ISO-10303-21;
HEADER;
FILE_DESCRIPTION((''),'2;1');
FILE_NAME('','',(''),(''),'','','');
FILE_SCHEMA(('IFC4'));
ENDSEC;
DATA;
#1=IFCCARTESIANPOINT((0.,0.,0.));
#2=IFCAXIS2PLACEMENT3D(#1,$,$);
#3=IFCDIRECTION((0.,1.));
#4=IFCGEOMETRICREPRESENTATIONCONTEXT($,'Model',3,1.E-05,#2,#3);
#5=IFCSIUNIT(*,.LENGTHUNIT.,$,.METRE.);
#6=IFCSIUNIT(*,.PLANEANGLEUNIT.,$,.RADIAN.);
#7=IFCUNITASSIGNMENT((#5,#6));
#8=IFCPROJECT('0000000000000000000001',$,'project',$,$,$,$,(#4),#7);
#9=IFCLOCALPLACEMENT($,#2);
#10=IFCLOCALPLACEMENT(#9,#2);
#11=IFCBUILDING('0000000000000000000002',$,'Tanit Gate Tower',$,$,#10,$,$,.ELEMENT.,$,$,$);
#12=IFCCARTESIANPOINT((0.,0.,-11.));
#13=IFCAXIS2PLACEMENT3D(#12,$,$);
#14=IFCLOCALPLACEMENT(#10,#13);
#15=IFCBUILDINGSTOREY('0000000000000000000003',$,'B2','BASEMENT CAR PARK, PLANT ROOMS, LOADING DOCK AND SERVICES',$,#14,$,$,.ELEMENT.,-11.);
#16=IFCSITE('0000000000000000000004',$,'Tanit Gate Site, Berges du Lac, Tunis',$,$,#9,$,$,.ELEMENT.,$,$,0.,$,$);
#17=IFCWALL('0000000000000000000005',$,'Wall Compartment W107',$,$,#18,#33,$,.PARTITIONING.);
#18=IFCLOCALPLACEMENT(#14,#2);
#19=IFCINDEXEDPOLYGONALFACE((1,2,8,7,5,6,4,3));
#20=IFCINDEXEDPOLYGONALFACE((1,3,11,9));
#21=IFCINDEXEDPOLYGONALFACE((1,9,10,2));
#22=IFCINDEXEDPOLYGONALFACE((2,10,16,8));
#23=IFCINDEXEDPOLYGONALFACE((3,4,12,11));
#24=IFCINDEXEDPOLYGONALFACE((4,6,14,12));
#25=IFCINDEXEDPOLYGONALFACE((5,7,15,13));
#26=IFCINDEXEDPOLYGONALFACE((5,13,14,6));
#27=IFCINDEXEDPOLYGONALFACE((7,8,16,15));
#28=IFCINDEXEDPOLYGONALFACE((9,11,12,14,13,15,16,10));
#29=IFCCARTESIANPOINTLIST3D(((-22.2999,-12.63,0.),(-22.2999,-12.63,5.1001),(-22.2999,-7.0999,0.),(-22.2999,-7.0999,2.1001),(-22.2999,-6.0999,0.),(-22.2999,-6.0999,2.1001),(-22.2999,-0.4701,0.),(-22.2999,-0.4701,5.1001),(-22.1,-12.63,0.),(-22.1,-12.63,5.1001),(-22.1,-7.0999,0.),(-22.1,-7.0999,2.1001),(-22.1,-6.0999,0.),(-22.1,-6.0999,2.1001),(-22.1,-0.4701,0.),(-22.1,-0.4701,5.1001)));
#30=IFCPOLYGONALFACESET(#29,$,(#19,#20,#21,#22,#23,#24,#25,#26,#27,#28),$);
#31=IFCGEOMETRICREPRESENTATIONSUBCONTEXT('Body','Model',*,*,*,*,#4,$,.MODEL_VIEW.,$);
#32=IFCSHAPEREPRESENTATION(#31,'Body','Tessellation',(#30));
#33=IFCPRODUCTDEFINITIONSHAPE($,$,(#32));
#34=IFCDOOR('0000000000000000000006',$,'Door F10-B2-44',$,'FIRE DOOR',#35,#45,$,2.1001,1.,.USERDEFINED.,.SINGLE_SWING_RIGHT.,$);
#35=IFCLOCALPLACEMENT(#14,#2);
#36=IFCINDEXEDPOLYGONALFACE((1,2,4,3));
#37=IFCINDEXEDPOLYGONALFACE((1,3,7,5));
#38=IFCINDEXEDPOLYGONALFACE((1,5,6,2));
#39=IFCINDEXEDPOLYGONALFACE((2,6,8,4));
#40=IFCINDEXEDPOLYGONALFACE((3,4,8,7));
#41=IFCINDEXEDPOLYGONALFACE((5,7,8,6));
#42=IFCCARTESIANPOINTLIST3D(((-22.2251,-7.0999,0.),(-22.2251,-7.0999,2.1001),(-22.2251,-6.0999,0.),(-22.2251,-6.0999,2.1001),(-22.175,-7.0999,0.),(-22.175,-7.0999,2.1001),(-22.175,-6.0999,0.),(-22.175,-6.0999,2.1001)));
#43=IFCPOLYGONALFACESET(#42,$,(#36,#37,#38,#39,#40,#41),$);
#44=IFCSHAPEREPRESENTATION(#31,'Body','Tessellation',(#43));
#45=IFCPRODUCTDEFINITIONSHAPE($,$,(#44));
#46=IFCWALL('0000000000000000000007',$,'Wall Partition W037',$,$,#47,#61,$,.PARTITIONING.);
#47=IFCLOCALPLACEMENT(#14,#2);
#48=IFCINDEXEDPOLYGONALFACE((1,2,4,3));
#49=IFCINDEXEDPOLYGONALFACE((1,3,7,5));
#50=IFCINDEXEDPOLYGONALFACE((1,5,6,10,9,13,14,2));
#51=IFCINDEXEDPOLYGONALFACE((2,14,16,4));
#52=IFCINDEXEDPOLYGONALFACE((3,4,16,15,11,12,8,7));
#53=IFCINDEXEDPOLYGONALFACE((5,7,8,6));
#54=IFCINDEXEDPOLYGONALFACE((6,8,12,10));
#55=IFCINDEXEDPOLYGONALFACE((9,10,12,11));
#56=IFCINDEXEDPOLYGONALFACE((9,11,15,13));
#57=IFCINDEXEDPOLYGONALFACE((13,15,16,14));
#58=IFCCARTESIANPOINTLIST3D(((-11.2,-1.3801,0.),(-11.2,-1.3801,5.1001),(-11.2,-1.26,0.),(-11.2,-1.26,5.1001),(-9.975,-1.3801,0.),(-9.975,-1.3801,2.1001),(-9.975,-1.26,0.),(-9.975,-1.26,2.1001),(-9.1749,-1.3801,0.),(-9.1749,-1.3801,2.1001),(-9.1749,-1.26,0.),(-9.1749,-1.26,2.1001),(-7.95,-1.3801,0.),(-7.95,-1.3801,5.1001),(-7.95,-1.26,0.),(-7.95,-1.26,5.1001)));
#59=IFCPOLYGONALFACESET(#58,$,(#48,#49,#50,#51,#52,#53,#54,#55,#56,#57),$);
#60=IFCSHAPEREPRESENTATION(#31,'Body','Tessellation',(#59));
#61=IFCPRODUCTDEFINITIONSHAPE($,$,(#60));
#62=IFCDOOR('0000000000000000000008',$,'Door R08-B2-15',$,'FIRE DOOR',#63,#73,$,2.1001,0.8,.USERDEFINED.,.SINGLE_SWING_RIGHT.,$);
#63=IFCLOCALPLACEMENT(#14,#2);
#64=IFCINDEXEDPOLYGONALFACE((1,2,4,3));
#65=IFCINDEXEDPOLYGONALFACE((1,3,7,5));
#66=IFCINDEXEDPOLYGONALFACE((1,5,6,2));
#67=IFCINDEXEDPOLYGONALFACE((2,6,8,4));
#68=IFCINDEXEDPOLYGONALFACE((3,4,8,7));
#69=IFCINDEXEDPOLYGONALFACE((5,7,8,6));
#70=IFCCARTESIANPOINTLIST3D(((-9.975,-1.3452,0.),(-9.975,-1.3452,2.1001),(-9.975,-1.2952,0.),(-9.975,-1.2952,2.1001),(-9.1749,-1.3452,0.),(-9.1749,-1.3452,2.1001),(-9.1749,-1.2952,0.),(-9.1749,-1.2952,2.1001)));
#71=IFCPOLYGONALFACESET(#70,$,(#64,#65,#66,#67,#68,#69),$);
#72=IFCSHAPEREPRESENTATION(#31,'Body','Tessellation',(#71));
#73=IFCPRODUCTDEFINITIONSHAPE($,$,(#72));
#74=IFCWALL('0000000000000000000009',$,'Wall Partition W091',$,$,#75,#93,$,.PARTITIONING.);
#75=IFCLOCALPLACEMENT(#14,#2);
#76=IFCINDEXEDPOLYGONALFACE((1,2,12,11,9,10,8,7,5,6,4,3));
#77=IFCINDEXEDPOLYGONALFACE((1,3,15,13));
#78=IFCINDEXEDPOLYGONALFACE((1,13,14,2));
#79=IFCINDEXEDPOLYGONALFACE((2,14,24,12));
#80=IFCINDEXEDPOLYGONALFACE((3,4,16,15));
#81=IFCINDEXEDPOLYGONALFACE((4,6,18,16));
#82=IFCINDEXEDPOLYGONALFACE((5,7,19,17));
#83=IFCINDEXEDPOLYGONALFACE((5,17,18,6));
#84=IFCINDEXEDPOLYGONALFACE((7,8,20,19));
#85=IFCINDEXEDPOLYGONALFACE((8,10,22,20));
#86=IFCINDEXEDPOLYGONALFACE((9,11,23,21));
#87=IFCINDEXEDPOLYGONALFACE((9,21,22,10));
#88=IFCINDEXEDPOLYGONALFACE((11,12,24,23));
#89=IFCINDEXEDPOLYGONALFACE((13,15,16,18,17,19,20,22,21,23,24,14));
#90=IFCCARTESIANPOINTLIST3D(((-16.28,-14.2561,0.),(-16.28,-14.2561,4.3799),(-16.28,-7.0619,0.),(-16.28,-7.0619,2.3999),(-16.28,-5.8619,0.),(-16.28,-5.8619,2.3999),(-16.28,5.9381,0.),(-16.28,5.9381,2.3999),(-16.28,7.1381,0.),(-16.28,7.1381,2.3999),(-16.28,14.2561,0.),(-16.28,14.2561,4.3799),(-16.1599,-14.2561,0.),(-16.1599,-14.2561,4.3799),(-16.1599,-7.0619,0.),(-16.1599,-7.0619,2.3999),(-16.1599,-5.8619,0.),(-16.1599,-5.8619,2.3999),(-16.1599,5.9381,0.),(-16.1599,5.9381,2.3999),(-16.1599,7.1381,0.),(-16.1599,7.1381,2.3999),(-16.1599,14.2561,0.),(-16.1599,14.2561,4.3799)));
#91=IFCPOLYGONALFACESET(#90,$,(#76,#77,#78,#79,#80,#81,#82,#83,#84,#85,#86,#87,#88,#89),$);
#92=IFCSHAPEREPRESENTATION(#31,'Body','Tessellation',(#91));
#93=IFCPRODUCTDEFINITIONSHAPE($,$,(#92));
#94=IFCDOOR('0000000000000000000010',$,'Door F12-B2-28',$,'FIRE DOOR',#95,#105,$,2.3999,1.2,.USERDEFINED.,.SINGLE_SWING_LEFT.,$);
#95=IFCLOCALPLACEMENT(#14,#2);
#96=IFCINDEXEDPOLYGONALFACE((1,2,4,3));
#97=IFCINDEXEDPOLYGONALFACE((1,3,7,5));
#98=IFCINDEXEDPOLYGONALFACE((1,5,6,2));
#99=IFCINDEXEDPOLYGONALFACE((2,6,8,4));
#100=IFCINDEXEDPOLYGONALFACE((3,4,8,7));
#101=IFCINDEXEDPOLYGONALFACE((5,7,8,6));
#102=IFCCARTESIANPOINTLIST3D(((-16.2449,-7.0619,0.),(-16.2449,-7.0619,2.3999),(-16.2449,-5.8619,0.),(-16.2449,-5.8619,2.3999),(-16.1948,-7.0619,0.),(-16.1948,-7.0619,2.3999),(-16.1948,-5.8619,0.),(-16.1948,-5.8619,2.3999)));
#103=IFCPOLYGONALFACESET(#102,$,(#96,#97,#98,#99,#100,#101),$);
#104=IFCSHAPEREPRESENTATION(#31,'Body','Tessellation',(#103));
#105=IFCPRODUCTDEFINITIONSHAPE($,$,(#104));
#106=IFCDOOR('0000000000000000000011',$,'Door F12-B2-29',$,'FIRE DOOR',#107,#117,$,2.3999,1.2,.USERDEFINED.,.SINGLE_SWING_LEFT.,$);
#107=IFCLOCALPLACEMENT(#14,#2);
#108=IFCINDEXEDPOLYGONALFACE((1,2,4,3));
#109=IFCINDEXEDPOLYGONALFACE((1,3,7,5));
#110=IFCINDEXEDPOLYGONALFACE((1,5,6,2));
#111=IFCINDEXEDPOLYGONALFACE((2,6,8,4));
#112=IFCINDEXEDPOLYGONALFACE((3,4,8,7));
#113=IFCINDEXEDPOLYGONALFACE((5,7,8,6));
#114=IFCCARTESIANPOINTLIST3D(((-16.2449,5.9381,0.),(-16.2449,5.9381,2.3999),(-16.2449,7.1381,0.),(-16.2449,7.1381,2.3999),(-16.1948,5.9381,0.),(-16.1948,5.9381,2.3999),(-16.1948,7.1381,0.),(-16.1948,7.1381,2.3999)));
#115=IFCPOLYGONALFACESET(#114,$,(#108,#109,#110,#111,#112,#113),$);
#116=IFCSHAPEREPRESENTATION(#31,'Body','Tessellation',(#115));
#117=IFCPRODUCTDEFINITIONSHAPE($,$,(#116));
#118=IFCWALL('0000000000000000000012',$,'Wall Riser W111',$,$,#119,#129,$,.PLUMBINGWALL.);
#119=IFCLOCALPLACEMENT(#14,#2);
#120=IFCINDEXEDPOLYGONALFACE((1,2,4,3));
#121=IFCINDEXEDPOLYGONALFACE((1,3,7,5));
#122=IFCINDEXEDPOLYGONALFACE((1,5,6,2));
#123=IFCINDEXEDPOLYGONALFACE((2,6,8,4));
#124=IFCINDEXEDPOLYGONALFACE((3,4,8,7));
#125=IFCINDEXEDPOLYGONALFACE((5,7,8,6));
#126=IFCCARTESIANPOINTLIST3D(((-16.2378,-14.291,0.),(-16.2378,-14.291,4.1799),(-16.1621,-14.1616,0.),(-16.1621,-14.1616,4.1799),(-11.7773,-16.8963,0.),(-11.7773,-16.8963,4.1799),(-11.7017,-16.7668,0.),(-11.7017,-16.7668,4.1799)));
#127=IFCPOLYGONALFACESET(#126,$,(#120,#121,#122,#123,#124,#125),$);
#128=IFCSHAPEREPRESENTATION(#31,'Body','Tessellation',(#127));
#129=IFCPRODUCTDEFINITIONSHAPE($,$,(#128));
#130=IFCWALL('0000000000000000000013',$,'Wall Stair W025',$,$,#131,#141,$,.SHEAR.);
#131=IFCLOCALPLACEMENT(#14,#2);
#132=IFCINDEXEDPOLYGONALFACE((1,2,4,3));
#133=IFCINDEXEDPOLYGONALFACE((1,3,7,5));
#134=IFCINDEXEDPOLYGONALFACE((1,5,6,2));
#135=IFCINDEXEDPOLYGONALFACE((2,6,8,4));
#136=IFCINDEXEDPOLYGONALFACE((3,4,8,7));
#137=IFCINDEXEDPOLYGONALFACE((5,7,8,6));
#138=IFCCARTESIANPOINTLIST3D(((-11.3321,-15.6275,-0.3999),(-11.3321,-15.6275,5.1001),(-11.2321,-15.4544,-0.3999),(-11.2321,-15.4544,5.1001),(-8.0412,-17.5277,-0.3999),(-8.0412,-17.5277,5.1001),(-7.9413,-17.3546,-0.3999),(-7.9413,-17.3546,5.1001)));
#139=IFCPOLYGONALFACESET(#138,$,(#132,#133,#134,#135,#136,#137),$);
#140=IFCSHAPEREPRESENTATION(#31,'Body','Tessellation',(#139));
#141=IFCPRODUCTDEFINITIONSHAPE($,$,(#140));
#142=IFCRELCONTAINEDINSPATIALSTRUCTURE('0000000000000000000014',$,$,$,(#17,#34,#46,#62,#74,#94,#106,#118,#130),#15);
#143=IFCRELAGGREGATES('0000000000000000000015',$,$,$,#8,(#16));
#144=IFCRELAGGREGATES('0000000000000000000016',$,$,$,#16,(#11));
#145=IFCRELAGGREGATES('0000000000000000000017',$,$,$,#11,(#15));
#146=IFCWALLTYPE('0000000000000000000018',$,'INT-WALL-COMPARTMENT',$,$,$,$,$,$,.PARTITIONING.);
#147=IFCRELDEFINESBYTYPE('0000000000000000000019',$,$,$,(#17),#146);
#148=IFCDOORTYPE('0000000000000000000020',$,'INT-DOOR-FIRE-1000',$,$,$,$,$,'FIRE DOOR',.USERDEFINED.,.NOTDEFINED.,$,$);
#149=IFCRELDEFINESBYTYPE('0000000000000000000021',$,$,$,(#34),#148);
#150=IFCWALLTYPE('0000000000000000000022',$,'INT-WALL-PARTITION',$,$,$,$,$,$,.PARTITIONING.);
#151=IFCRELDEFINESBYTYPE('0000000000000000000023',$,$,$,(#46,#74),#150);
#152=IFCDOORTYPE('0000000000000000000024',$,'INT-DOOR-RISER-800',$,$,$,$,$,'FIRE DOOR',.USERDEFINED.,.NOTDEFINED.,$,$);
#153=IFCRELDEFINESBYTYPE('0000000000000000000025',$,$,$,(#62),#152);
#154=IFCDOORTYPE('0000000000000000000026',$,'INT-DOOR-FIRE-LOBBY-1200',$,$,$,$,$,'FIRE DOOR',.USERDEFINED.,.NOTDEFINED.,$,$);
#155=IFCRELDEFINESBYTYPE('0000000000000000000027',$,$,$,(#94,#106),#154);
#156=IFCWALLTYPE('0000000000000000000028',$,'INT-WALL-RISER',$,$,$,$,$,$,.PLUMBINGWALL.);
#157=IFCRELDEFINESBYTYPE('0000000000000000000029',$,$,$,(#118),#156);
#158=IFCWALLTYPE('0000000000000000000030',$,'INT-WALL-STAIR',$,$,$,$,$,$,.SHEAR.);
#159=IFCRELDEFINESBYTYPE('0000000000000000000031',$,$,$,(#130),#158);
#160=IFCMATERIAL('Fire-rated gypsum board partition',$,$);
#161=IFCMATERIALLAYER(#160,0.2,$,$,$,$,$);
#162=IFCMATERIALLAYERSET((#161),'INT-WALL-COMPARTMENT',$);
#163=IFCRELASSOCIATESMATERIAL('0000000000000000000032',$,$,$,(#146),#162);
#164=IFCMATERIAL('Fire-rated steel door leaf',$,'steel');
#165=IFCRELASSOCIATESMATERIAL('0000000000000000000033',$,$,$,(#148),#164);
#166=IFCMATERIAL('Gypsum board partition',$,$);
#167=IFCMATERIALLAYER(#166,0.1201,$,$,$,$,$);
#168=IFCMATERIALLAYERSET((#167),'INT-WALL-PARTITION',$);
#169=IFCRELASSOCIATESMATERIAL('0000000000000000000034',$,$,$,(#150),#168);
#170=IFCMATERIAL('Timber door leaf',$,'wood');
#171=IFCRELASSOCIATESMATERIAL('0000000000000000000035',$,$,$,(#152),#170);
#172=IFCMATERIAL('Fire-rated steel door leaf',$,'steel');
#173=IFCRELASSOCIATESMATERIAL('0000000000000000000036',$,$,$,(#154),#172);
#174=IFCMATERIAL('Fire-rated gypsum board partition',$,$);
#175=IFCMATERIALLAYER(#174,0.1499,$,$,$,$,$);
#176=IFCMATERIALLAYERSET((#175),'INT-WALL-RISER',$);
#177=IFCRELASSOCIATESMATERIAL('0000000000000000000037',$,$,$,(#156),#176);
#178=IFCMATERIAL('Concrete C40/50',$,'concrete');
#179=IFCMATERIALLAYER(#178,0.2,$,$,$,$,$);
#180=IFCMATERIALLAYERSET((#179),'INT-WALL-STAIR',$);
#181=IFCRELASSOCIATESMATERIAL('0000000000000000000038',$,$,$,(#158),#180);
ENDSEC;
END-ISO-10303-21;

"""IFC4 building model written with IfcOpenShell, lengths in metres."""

from ifc_helpers import new_model, si_unit, direction, frame, frame_2d, origin, place, context, subcontext, project, spatial, rectangle, extrude, material, layer, layer_set, type_object, element, fill, save


model = new_model("IFC4")

# Units and contexts
model_context = context("Model", 3, precision=1e-05, world=origin(), true_north=direction((0.0, 1.0)))
body_context = subcontext(model_context, "Body", "Model", "MODEL_VIEW")
ifc_project = project(units=[si_unit("LENGTHUNIT", "METRE"), si_unit("PLANEANGLEUNIT", "RADIAN")], contexts=[model_context])

# Site, building, storey
site_placement = place(None, origin())
site = spatial("IfcSite", under=ifc_project, at=site_placement, Name="Tanit Gate Site, Berges du Lac, Tunis", CompositionType="ELEMENT", RefElevation=0.0)
building_placement = place(site_placement, origin())
building = spatial("IfcBuilding", under=site, at=building_placement, Name="Tanit Gate Tower", CompositionType="ELEMENT")
storey_placement = place(building_placement, frame((0.0, 0.0, -11.0)))
storey = spatial("IfcBuildingStorey", under=building, at=storey_placement, Name="B2", Description="BASEMENT CAR PARK, PLANT ROOMS, LOADING DOCK AND SERVICES", CompositionType="ELEMENT", Elevation=-11.0)

# Shared definitions
ifc_material_1 = material(Name="Fire-rated gypsum board partition")
ifc_layer_1 = layer(ifc_material_1, 0.2)
ifc_layer_set_1 = layer_set([ifc_layer_1], Name="INT-WALL-COMPARTMENT")
wall_type_1 = type_object("IfcWallType", Name="INT-WALL-COMPARTMENT", PredefinedType="PARTITIONING", material=ifc_layer_set_1)

# Walls, openings, doors
wall_1_placement = place(storey_placement, frame((-22.2, -0.47, 0.0), z_axis=(0.0, 0.0, 1.0), x_axis=(0.0, -1.0, 0.0)))
wall_1 = element("IfcWall", 1, at=wall_1_placement, inside=storey, type_object=wall_type_1, Name="Wall Compartment W107", PredefinedType="PARTITIONING", context=body_context, shape_type="SweptSolid", body=[
    extrude(rectangle(XDim=12.1599, YDim=0.2, at=frame_2d((6.0801, 0.0))), origin(), (0.0, 0.0, 1.0), 5.1001),
])
opening_1_placement = place(wall_1_placement, frame((5.6299, 0.0, 0.0)))
opening_1 = element("IfcOpeningElement", 2, at=opening_1_placement, cuts=wall_1, PredefinedType="OPENING", context=body_context, shape_type="SweptSolid", body=[
    extrude(rectangle(XDim=1.0, YDim=2.1001, at=frame_2d((0.5, 1.05))), frame((0.0, 0.1099, 0.0), z_axis=(0.0, -1.0, 0.0), x_axis=(1.0, 0.0, 0.0)), (0.0, 0.0, 1.0), 0.22),
])
ifc_material_2 = material(Name="Fire-rated steel door leaf", Category="steel")
door_type_1 = type_object("IfcDoorType", Name="INT-DOOR-FIRE-1000", ElementType="FIRE DOOR", OperationType="NOTDEFINED", PredefinedType="USERDEFINED", material=ifc_material_2)
door_1_placement = place(opening_1_placement, origin())
door_1 = element("IfcDoor", 3, at=door_1_placement, inside=storey, type_object=door_type_1, Name="Door F10-B2-44", ObjectType="FIRE DOOR", OperationType="SINGLE_SWING_RIGHT", OverallHeight=2.1001, OverallWidth=1.0, PredefinedType="USERDEFINED", context=body_context, shape_type="SweptSolid", body=[
    extrude(rectangle(XDim=1.0, YDim=2.1001, at=frame_2d((0.5, 1.05))), frame((0.0, 0.0249, 0.0), z_axis=(0.0, -1.0, 0.0), x_axis=(1.0, 0.0, 0.0)), (0.0, 0.0, 1.0), 0.05),
])
fill(opening_1, door_1)
ifc_material_3 = material(Name="Gypsum board partition")
ifc_layer_2 = layer(ifc_material_3, 0.1201)
ifc_layer_set_2 = layer_set([ifc_layer_2], Name="INT-WALL-PARTITION")
wall_type_2 = type_object("IfcWallType", Name="INT-WALL-PARTITION", PredefinedType="PARTITIONING", material=ifc_layer_set_2)
wall_2_placement = place(storey_placement, frame((-11.2, -1.3201, 0.0), z_axis=(0.0, 0.0, 1.0), x_axis=(1.0, 0.0, 0.0)))
wall_2 = element("IfcWall", 4, at=wall_2_placement, inside=storey, type_object=wall_type_2, Name="Wall Partition W037", PredefinedType="PARTITIONING", context=body_context, shape_type="SweptSolid", body=[
    extrude(rectangle(XDim=3.25, YDim=0.1201, at=frame_2d((1.625, 0.0))), origin(), (0.0, 0.0, 1.0), 5.1001),
])
opening_2_placement = place(wall_2_placement, frame((1.2251, 0.0, 0.0)))
opening_2 = element("IfcOpeningElement", 5, at=opening_2_placement, cuts=wall_2, PredefinedType="OPENING", context=body_context, shape_type="SweptSolid", body=[
    extrude(rectangle(XDim=0.8, YDim=2.1001, at=frame_2d((0.3999, 1.05))), frame((0.0, 0.0701, 0.0), z_axis=(0.0, -1.0, 0.0), x_axis=(1.0, 0.0, 0.0)), (0.0, 0.0, 1.0), 0.1401),
])
ifc_material_4 = material(Name="Timber door leaf", Category="wood")
door_type_2 = type_object("IfcDoorType", Name="INT-DOOR-RISER-800", ElementType="FIRE DOOR", OperationType="NOTDEFINED", PredefinedType="USERDEFINED", material=ifc_material_4)
door_2_placement = place(opening_2_placement, origin())
door_2 = element("IfcDoor", 6, at=door_2_placement, inside=storey, type_object=door_type_2, Name="Door R08-B2-15", ObjectType="FIRE DOOR", OperationType="SINGLE_SWING_RIGHT", OverallHeight=2.1001, OverallWidth=0.8, PredefinedType="USERDEFINED", context=body_context, shape_type="SweptSolid", body=[
    extrude(rectangle(XDim=0.8, YDim=2.1001, at=frame_2d((0.3999, 1.05))), frame((0.0, 0.0249, 0.0), z_axis=(0.0, -1.0, 0.0), x_axis=(1.0, 0.0, 0.0)), (0.0, 0.0, 1.0), 0.05),
])
fill(opening_2, door_2)

# Wall, openings, doors
wall_3_placement = place(storey_placement, frame((-16.22, -14.2561, 0.0), z_axis=(0.0, 0.0, 1.0), x_axis=(0.0, 1.0, 0.0)))
wall_3 = element("IfcWall", 7, at=wall_3_placement, inside=storey, type_object=wall_type_2, Name="Wall Partition W091", PredefinedType="PARTITIONING", context=body_context, shape_type="SweptSolid", body=[
    extrude(rectangle(XDim=28.5122, YDim=0.1201, at=frame_2d((14.2561, 0.0))), origin(), (0.0, 0.0, 1.0), 4.3799),
])
opening_3_placement = place(wall_3_placement, frame((7.1941, 0.0, 0.0)))
opening_3 = element("IfcOpeningElement", 8, at=opening_3_placement, cuts=wall_3, PredefinedType="OPENING", context=body_context, shape_type="SweptSolid", body=[
    extrude(rectangle(XDim=1.2, YDim=2.3999, at=frame_2d((0.6001, 1.2))), frame((0.0, 0.0701, 0.0), z_axis=(0.0, -1.0, 0.0), x_axis=(1.0, 0.0, 0.0)), (0.0, 0.0, 1.0), 0.1401),
])
opening_4_placement = place(wall_3_placement, frame((20.1941, 0.0, 0.0)))
opening_4 = element("IfcOpeningElement", 9, at=opening_4_placement, cuts=wall_3, PredefinedType="OPENING", context=body_context, shape_type="SweptSolid", body=[
    extrude(rectangle(XDim=1.2, YDim=2.3999, at=frame_2d((0.6001, 1.2))), frame((0.0, 0.0701, 0.0), z_axis=(0.0, -1.0, 0.0), x_axis=(1.0, 0.0, 0.0)), (0.0, 0.0, 1.0), 0.1401),
])
ifc_material_5 = material(Name="Fire-rated steel door leaf", Category="steel")
door_type_3 = type_object("IfcDoorType", Name="INT-DOOR-FIRE-LOBBY-1200", ElementType="FIRE DOOR", OperationType="NOTDEFINED", PredefinedType="USERDEFINED", material=ifc_material_5)
door_3_placement = place(opening_3_placement, origin())
door_3 = element("IfcDoor", 10, at=door_3_placement, inside=storey, type_object=door_type_3, Name="Door F12-B2-28", ObjectType="FIRE DOOR", OperationType="SINGLE_SWING_LEFT", OverallHeight=2.3999, OverallWidth=1.2, PredefinedType="USERDEFINED", context=body_context, shape_type="SweptSolid", body=[
    extrude(rectangle(XDim=1.2, YDim=2.3999, at=frame_2d((0.6001, 1.2))), frame((0.0, 0.0249, 0.0), z_axis=(0.0, -1.0, 0.0), x_axis=(1.0, 0.0, 0.0)), (0.0, 0.0, 1.0), 0.05),
])
fill(opening_3, door_3)
door_4_placement = place(opening_4_placement, origin())
door_4 = element("IfcDoor", 11, at=door_4_placement, inside=storey, type_object=door_type_3, Name="Door F12-B2-29", ObjectType="FIRE DOOR", OperationType="SINGLE_SWING_LEFT", OverallHeight=2.3999, OverallWidth=1.2, PredefinedType="USERDEFINED", context=body_context, shape_type="SweptSolid", body=[
    extrude(rectangle(XDim=1.2, YDim=2.3999, at=frame_2d((0.6001, 1.2))), frame((0.0, 0.0249, 0.0), z_axis=(0.0, -1.0, 0.0), x_axis=(1.0, 0.0, 0.0)), (0.0, 0.0, 1.0), 0.05),
])
fill(opening_4, door_4)

# Walls
ifc_material_6 = material(Name="Fire-rated gypsum board partition")
ifc_layer_3 = layer(ifc_material_6, 0.1499)
ifc_layer_set_3 = layer_set([ifc_layer_3], Name="INT-WALL-RISER")
wall_type_3 = type_object("IfcWallType", Name="INT-WALL-RISER", PredefinedType="PLUMBINGWALL", material=ifc_layer_set_3)
wall_4_placement = place(storey_placement, frame((-16.2, -14.2263, 0.0), z_axis=(0.0, 0.0, 1.0), x_axis=(0.863501, -0.504347, 0.0)))
element("IfcWall", 12, at=wall_4_placement, inside=storey, type_object=wall_type_3, Name="Wall Riser W111", PredefinedType="PLUMBINGWALL", context=body_context, shape_type="SweptSolid", body=[
    extrude(rectangle(XDim=5.1655, YDim=0.1499, at=frame_2d((2.5828, 0.0))), origin(), (0.0, 0.0, 1.0), 4.1799),
])
ifc_material_7 = material(Name="Concrete C40/50", Category="concrete")
ifc_layer_4 = layer(ifc_material_7, 0.2)
ifc_layer_set_4 = layer_set([ifc_layer_4], Name="INT-WALL-STAIR")
wall_type_4 = type_object("IfcWallType", Name="INT-WALL-STAIR", PredefinedType="SHEAR", material=ifc_layer_set_4)
wall_5_placement = place(storey_placement, frame((-11.282, -15.541, -0.3999), z_axis=(0.0, 0.0, 1.0), x_axis=(0.866, -0.500043, 0.0)))
element("IfcWall", 13, at=wall_5_placement, inside=storey, type_object=wall_type_4, Name="Wall Stair W025", PredefinedType="SHEAR", context=body_context, shape_type="SweptSolid", body=[
    extrude(rectangle(XDim=3.8, YDim=0.2, at=frame_2d((1.8999, 0.0))), origin(), (0.0, 0.0, 1.0), 5.5),
])

save(model, "model.ifc")
